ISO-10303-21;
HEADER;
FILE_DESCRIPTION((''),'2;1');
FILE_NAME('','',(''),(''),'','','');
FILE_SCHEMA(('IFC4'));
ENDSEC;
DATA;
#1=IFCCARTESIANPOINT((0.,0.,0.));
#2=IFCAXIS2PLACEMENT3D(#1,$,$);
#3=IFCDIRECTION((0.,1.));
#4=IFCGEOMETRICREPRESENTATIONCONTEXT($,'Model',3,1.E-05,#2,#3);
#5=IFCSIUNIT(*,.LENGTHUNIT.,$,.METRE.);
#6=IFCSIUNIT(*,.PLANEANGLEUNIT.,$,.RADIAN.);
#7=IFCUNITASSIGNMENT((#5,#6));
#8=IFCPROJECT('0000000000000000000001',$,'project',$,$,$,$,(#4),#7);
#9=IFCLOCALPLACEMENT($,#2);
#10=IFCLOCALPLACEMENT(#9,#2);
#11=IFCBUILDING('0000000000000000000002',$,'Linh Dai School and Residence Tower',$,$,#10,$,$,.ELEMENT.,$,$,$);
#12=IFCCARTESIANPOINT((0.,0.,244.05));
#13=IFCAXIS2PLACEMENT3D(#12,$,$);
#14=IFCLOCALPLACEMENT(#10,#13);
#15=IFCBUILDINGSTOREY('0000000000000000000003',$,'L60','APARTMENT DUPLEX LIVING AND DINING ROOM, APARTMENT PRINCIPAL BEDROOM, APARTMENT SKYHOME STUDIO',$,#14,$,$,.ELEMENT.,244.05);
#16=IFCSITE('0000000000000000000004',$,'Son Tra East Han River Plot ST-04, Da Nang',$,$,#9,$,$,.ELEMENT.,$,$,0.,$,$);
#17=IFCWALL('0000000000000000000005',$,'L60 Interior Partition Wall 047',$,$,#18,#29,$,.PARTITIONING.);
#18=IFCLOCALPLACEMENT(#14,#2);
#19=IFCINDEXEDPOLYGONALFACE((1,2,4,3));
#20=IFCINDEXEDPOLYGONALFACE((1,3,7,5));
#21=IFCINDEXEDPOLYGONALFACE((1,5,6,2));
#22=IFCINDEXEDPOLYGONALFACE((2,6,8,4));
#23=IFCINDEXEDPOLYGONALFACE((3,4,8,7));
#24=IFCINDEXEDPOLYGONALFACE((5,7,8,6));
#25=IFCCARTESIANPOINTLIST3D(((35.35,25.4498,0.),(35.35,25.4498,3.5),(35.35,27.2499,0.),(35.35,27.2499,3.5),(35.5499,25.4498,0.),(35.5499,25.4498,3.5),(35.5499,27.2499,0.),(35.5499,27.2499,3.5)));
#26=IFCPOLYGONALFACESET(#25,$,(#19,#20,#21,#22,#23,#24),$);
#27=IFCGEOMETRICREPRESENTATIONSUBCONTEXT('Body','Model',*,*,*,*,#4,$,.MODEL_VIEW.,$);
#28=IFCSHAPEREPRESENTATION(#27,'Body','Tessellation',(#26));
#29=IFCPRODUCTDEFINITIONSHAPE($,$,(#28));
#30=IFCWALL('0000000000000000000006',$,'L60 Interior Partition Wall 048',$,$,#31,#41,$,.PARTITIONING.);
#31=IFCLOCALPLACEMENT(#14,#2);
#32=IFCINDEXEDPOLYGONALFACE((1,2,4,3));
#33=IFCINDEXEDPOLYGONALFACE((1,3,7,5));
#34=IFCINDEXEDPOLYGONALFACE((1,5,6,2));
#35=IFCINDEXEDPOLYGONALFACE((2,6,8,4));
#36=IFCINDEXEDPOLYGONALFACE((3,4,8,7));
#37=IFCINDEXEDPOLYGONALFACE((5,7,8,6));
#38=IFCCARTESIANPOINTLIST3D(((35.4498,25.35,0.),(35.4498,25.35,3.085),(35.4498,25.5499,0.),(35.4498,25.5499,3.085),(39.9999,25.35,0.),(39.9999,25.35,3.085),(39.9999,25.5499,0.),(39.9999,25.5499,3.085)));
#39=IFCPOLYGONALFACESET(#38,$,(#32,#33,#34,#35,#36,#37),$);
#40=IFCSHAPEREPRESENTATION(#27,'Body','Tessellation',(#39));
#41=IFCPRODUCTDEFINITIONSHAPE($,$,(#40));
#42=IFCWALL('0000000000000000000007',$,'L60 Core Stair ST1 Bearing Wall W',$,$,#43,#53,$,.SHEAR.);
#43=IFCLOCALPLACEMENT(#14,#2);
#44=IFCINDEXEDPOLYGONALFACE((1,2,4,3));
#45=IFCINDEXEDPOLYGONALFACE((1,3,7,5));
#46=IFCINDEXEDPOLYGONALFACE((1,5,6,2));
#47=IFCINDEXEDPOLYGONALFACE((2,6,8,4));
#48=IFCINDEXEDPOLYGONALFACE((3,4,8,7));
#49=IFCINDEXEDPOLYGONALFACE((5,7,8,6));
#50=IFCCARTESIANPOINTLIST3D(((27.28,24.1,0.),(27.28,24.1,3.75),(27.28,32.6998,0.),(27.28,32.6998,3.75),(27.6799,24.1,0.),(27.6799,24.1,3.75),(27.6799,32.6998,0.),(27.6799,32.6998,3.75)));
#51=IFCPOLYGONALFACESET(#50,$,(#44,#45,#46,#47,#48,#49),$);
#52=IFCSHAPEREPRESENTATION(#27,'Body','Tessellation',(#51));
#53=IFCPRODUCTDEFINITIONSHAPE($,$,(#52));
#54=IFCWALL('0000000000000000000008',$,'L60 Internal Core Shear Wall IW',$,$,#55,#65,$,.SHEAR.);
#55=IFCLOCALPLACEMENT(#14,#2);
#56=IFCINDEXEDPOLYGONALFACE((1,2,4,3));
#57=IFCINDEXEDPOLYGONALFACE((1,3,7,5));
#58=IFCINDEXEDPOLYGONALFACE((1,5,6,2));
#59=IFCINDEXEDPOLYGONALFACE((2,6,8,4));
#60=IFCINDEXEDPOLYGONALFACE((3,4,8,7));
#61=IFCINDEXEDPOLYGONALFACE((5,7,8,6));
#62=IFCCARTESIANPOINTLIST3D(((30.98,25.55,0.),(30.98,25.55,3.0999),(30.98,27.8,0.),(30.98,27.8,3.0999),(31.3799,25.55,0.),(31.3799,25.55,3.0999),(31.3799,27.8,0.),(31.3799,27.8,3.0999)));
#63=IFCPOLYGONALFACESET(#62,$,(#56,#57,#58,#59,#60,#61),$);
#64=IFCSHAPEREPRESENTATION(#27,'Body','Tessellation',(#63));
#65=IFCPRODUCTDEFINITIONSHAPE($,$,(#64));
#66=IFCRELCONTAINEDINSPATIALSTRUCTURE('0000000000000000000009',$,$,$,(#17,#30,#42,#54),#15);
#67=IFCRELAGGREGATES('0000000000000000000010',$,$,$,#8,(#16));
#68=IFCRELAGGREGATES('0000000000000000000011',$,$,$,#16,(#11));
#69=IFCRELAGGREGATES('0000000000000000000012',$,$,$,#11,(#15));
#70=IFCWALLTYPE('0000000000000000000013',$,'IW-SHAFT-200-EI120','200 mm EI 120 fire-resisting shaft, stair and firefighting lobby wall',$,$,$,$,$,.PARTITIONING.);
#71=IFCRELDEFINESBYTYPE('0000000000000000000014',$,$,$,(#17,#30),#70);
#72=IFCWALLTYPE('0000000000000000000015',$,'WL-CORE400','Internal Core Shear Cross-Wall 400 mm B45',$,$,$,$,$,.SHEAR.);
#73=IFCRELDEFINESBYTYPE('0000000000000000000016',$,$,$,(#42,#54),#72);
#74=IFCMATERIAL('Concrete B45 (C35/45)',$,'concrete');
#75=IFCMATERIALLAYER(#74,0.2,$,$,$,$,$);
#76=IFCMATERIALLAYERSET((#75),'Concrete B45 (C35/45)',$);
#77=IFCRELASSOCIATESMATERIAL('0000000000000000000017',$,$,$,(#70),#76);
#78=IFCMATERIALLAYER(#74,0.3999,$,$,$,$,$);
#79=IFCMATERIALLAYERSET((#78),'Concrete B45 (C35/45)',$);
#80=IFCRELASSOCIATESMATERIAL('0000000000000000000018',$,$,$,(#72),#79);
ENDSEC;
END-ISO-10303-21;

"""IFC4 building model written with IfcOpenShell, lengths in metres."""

from ifc_helpers import new_model, si_unit, direction, frame, frame_2d, origin, place, context, subcontext, project, spatial, rectangle, extrude, material, layer, layer_set, type_object, element, save


model = new_model("IFC4")

# Units and contexts
model_context = context("Model", 3, precision=1e-05, world=origin(), true_north=direction((0.0, 1.0)))
body_context = subcontext(model_context, "Body", "Model", "MODEL_VIEW")
ifc_project = project(units=[si_unit("LENGTHUNIT", "METRE"), si_unit("PLANEANGLEUNIT", "RADIAN")], contexts=[model_context])

# Site, building, storey
site_placement = place(None, origin())
site = spatial("IfcSite", under=ifc_project, at=site_placement, Name="Son Tra East Han River Plot ST-04, Da Nang", CompositionType="ELEMENT", RefElevation=0.0)
building_placement = place(site_placement, origin())
building = spatial("IfcBuilding", under=site, at=building_placement, Name="Linh Dai School and Residence Tower", CompositionType="ELEMENT")
storey_placement = place(building_placement, frame((0.0, 0.0, 244.05)))
storey = spatial("IfcBuildingStorey", under=building, at=storey_placement, Name="L60", Description="APARTMENT DUPLEX LIVING AND DINING ROOM, APARTMENT PRINCIPAL BEDROOM, APARTMENT SKYHOME STUDIO", CompositionType="ELEMENT", Elevation=244.05)

# Shared definitions
ifc_material_1 = material(Name="Concrete B45 (C35/45)", Category="concrete")
ifc_layer_1 = layer(ifc_material_1, 0.2)
ifc_layer_set_1 = layer_set([ifc_layer_1], Name="Concrete B45 (C35/45)")
wall_type_1 = type_object("IfcWallType", Name="IW-SHAFT-200-EI120", Description="200 mm EI 120 fire-resisting shaft, stair and firefighting lobby wall", PredefinedType="PARTITIONING", material=ifc_layer_set_1)

# Walls
wall_1_placement = place(storey_placement, frame((35.45, 25.45, 0.0), z_axis=(0.0, 0.0, 1.0), x_axis=(0.0, 1.0, 0.0)))
element("IfcWall", 1, at=wall_1_placement, inside=storey, type_object=wall_type_1, Name="L60 Interior Partition Wall 047", PredefinedType="PARTITIONING", context=body_context, shape_type="SweptSolid", body=[
    extrude(rectangle(XDim=1.8, YDim=0.2, at=frame_2d((0.8999, 0.0))), origin(), (0.0, 0.0, 1.0), 3.5),
])
wall_2_placement = place(storey_placement, frame((35.45, 25.45, 0.0), z_axis=(0.0, 0.0, 1.0), x_axis=(1.0, 0.0, 0.0)))
element("IfcWall", 2, at=wall_2_placement, inside=storey, type_object=wall_type_1, Name="L60 Interior Partition Wall 048", PredefinedType="PARTITIONING", context=body_context, shape_type="SweptSolid", body=[
    extrude(rectangle(XDim=4.55, YDim=0.2, at=frame_2d((2.2749, 0.0))), origin(), (0.0, 0.0, 1.0), 3.085),
])
ifc_layer_2 = layer(ifc_material_1, 0.3999)
ifc_layer_set_2 = layer_set([ifc_layer_2], Name="Concrete B45 (C35/45)")
wall_type_2 = type_object("IfcWallType", Name="WL-CORE400", Description="Internal Core Shear Cross-Wall 400 mm B45", PredefinedType="SHEAR", material=ifc_layer_set_2)
wall_3_placement = place(storey_placement, frame((27.48, 24.1001, 0.0), z_axis=(0.0, 0.0, 1.0), x_axis=(0.0, 1.0, 0.0)))
element("IfcWall", 3, at=wall_3_placement, inside=storey, type_object=wall_type_2, Name="L60 Core Stair ST1 Bearing Wall W", PredefinedType="SHEAR", context=body_context, shape_type="SweptSolid", body=[
    extrude(rectangle(XDim=8.5999, YDim=0.3999, at=frame_2d((4.2998, 0.0))), origin(), (0.0, 0.0, 1.0), 3.75),
])
wall_4_placement = place(storey_placement, frame((31.1799, 25.55, 0.0), z_axis=(0.0, 0.0, 1.0), x_axis=(0.0, 1.0, 0.0)))
element("IfcWall", 4, at=wall_4_placement, inside=storey, type_object=wall_type_2, Name="L60 Internal Core Shear Wall IW", PredefinedType="SHEAR", context=body_context, shape_type="SweptSolid", body=[
    extrude(rectangle(XDim=2.25, YDim=0.3999, at=frame_2d((1.125, 0.0))), origin(), (0.0, 0.0, 1.0), 3.0999),
])

save(model, "model.ifc")
